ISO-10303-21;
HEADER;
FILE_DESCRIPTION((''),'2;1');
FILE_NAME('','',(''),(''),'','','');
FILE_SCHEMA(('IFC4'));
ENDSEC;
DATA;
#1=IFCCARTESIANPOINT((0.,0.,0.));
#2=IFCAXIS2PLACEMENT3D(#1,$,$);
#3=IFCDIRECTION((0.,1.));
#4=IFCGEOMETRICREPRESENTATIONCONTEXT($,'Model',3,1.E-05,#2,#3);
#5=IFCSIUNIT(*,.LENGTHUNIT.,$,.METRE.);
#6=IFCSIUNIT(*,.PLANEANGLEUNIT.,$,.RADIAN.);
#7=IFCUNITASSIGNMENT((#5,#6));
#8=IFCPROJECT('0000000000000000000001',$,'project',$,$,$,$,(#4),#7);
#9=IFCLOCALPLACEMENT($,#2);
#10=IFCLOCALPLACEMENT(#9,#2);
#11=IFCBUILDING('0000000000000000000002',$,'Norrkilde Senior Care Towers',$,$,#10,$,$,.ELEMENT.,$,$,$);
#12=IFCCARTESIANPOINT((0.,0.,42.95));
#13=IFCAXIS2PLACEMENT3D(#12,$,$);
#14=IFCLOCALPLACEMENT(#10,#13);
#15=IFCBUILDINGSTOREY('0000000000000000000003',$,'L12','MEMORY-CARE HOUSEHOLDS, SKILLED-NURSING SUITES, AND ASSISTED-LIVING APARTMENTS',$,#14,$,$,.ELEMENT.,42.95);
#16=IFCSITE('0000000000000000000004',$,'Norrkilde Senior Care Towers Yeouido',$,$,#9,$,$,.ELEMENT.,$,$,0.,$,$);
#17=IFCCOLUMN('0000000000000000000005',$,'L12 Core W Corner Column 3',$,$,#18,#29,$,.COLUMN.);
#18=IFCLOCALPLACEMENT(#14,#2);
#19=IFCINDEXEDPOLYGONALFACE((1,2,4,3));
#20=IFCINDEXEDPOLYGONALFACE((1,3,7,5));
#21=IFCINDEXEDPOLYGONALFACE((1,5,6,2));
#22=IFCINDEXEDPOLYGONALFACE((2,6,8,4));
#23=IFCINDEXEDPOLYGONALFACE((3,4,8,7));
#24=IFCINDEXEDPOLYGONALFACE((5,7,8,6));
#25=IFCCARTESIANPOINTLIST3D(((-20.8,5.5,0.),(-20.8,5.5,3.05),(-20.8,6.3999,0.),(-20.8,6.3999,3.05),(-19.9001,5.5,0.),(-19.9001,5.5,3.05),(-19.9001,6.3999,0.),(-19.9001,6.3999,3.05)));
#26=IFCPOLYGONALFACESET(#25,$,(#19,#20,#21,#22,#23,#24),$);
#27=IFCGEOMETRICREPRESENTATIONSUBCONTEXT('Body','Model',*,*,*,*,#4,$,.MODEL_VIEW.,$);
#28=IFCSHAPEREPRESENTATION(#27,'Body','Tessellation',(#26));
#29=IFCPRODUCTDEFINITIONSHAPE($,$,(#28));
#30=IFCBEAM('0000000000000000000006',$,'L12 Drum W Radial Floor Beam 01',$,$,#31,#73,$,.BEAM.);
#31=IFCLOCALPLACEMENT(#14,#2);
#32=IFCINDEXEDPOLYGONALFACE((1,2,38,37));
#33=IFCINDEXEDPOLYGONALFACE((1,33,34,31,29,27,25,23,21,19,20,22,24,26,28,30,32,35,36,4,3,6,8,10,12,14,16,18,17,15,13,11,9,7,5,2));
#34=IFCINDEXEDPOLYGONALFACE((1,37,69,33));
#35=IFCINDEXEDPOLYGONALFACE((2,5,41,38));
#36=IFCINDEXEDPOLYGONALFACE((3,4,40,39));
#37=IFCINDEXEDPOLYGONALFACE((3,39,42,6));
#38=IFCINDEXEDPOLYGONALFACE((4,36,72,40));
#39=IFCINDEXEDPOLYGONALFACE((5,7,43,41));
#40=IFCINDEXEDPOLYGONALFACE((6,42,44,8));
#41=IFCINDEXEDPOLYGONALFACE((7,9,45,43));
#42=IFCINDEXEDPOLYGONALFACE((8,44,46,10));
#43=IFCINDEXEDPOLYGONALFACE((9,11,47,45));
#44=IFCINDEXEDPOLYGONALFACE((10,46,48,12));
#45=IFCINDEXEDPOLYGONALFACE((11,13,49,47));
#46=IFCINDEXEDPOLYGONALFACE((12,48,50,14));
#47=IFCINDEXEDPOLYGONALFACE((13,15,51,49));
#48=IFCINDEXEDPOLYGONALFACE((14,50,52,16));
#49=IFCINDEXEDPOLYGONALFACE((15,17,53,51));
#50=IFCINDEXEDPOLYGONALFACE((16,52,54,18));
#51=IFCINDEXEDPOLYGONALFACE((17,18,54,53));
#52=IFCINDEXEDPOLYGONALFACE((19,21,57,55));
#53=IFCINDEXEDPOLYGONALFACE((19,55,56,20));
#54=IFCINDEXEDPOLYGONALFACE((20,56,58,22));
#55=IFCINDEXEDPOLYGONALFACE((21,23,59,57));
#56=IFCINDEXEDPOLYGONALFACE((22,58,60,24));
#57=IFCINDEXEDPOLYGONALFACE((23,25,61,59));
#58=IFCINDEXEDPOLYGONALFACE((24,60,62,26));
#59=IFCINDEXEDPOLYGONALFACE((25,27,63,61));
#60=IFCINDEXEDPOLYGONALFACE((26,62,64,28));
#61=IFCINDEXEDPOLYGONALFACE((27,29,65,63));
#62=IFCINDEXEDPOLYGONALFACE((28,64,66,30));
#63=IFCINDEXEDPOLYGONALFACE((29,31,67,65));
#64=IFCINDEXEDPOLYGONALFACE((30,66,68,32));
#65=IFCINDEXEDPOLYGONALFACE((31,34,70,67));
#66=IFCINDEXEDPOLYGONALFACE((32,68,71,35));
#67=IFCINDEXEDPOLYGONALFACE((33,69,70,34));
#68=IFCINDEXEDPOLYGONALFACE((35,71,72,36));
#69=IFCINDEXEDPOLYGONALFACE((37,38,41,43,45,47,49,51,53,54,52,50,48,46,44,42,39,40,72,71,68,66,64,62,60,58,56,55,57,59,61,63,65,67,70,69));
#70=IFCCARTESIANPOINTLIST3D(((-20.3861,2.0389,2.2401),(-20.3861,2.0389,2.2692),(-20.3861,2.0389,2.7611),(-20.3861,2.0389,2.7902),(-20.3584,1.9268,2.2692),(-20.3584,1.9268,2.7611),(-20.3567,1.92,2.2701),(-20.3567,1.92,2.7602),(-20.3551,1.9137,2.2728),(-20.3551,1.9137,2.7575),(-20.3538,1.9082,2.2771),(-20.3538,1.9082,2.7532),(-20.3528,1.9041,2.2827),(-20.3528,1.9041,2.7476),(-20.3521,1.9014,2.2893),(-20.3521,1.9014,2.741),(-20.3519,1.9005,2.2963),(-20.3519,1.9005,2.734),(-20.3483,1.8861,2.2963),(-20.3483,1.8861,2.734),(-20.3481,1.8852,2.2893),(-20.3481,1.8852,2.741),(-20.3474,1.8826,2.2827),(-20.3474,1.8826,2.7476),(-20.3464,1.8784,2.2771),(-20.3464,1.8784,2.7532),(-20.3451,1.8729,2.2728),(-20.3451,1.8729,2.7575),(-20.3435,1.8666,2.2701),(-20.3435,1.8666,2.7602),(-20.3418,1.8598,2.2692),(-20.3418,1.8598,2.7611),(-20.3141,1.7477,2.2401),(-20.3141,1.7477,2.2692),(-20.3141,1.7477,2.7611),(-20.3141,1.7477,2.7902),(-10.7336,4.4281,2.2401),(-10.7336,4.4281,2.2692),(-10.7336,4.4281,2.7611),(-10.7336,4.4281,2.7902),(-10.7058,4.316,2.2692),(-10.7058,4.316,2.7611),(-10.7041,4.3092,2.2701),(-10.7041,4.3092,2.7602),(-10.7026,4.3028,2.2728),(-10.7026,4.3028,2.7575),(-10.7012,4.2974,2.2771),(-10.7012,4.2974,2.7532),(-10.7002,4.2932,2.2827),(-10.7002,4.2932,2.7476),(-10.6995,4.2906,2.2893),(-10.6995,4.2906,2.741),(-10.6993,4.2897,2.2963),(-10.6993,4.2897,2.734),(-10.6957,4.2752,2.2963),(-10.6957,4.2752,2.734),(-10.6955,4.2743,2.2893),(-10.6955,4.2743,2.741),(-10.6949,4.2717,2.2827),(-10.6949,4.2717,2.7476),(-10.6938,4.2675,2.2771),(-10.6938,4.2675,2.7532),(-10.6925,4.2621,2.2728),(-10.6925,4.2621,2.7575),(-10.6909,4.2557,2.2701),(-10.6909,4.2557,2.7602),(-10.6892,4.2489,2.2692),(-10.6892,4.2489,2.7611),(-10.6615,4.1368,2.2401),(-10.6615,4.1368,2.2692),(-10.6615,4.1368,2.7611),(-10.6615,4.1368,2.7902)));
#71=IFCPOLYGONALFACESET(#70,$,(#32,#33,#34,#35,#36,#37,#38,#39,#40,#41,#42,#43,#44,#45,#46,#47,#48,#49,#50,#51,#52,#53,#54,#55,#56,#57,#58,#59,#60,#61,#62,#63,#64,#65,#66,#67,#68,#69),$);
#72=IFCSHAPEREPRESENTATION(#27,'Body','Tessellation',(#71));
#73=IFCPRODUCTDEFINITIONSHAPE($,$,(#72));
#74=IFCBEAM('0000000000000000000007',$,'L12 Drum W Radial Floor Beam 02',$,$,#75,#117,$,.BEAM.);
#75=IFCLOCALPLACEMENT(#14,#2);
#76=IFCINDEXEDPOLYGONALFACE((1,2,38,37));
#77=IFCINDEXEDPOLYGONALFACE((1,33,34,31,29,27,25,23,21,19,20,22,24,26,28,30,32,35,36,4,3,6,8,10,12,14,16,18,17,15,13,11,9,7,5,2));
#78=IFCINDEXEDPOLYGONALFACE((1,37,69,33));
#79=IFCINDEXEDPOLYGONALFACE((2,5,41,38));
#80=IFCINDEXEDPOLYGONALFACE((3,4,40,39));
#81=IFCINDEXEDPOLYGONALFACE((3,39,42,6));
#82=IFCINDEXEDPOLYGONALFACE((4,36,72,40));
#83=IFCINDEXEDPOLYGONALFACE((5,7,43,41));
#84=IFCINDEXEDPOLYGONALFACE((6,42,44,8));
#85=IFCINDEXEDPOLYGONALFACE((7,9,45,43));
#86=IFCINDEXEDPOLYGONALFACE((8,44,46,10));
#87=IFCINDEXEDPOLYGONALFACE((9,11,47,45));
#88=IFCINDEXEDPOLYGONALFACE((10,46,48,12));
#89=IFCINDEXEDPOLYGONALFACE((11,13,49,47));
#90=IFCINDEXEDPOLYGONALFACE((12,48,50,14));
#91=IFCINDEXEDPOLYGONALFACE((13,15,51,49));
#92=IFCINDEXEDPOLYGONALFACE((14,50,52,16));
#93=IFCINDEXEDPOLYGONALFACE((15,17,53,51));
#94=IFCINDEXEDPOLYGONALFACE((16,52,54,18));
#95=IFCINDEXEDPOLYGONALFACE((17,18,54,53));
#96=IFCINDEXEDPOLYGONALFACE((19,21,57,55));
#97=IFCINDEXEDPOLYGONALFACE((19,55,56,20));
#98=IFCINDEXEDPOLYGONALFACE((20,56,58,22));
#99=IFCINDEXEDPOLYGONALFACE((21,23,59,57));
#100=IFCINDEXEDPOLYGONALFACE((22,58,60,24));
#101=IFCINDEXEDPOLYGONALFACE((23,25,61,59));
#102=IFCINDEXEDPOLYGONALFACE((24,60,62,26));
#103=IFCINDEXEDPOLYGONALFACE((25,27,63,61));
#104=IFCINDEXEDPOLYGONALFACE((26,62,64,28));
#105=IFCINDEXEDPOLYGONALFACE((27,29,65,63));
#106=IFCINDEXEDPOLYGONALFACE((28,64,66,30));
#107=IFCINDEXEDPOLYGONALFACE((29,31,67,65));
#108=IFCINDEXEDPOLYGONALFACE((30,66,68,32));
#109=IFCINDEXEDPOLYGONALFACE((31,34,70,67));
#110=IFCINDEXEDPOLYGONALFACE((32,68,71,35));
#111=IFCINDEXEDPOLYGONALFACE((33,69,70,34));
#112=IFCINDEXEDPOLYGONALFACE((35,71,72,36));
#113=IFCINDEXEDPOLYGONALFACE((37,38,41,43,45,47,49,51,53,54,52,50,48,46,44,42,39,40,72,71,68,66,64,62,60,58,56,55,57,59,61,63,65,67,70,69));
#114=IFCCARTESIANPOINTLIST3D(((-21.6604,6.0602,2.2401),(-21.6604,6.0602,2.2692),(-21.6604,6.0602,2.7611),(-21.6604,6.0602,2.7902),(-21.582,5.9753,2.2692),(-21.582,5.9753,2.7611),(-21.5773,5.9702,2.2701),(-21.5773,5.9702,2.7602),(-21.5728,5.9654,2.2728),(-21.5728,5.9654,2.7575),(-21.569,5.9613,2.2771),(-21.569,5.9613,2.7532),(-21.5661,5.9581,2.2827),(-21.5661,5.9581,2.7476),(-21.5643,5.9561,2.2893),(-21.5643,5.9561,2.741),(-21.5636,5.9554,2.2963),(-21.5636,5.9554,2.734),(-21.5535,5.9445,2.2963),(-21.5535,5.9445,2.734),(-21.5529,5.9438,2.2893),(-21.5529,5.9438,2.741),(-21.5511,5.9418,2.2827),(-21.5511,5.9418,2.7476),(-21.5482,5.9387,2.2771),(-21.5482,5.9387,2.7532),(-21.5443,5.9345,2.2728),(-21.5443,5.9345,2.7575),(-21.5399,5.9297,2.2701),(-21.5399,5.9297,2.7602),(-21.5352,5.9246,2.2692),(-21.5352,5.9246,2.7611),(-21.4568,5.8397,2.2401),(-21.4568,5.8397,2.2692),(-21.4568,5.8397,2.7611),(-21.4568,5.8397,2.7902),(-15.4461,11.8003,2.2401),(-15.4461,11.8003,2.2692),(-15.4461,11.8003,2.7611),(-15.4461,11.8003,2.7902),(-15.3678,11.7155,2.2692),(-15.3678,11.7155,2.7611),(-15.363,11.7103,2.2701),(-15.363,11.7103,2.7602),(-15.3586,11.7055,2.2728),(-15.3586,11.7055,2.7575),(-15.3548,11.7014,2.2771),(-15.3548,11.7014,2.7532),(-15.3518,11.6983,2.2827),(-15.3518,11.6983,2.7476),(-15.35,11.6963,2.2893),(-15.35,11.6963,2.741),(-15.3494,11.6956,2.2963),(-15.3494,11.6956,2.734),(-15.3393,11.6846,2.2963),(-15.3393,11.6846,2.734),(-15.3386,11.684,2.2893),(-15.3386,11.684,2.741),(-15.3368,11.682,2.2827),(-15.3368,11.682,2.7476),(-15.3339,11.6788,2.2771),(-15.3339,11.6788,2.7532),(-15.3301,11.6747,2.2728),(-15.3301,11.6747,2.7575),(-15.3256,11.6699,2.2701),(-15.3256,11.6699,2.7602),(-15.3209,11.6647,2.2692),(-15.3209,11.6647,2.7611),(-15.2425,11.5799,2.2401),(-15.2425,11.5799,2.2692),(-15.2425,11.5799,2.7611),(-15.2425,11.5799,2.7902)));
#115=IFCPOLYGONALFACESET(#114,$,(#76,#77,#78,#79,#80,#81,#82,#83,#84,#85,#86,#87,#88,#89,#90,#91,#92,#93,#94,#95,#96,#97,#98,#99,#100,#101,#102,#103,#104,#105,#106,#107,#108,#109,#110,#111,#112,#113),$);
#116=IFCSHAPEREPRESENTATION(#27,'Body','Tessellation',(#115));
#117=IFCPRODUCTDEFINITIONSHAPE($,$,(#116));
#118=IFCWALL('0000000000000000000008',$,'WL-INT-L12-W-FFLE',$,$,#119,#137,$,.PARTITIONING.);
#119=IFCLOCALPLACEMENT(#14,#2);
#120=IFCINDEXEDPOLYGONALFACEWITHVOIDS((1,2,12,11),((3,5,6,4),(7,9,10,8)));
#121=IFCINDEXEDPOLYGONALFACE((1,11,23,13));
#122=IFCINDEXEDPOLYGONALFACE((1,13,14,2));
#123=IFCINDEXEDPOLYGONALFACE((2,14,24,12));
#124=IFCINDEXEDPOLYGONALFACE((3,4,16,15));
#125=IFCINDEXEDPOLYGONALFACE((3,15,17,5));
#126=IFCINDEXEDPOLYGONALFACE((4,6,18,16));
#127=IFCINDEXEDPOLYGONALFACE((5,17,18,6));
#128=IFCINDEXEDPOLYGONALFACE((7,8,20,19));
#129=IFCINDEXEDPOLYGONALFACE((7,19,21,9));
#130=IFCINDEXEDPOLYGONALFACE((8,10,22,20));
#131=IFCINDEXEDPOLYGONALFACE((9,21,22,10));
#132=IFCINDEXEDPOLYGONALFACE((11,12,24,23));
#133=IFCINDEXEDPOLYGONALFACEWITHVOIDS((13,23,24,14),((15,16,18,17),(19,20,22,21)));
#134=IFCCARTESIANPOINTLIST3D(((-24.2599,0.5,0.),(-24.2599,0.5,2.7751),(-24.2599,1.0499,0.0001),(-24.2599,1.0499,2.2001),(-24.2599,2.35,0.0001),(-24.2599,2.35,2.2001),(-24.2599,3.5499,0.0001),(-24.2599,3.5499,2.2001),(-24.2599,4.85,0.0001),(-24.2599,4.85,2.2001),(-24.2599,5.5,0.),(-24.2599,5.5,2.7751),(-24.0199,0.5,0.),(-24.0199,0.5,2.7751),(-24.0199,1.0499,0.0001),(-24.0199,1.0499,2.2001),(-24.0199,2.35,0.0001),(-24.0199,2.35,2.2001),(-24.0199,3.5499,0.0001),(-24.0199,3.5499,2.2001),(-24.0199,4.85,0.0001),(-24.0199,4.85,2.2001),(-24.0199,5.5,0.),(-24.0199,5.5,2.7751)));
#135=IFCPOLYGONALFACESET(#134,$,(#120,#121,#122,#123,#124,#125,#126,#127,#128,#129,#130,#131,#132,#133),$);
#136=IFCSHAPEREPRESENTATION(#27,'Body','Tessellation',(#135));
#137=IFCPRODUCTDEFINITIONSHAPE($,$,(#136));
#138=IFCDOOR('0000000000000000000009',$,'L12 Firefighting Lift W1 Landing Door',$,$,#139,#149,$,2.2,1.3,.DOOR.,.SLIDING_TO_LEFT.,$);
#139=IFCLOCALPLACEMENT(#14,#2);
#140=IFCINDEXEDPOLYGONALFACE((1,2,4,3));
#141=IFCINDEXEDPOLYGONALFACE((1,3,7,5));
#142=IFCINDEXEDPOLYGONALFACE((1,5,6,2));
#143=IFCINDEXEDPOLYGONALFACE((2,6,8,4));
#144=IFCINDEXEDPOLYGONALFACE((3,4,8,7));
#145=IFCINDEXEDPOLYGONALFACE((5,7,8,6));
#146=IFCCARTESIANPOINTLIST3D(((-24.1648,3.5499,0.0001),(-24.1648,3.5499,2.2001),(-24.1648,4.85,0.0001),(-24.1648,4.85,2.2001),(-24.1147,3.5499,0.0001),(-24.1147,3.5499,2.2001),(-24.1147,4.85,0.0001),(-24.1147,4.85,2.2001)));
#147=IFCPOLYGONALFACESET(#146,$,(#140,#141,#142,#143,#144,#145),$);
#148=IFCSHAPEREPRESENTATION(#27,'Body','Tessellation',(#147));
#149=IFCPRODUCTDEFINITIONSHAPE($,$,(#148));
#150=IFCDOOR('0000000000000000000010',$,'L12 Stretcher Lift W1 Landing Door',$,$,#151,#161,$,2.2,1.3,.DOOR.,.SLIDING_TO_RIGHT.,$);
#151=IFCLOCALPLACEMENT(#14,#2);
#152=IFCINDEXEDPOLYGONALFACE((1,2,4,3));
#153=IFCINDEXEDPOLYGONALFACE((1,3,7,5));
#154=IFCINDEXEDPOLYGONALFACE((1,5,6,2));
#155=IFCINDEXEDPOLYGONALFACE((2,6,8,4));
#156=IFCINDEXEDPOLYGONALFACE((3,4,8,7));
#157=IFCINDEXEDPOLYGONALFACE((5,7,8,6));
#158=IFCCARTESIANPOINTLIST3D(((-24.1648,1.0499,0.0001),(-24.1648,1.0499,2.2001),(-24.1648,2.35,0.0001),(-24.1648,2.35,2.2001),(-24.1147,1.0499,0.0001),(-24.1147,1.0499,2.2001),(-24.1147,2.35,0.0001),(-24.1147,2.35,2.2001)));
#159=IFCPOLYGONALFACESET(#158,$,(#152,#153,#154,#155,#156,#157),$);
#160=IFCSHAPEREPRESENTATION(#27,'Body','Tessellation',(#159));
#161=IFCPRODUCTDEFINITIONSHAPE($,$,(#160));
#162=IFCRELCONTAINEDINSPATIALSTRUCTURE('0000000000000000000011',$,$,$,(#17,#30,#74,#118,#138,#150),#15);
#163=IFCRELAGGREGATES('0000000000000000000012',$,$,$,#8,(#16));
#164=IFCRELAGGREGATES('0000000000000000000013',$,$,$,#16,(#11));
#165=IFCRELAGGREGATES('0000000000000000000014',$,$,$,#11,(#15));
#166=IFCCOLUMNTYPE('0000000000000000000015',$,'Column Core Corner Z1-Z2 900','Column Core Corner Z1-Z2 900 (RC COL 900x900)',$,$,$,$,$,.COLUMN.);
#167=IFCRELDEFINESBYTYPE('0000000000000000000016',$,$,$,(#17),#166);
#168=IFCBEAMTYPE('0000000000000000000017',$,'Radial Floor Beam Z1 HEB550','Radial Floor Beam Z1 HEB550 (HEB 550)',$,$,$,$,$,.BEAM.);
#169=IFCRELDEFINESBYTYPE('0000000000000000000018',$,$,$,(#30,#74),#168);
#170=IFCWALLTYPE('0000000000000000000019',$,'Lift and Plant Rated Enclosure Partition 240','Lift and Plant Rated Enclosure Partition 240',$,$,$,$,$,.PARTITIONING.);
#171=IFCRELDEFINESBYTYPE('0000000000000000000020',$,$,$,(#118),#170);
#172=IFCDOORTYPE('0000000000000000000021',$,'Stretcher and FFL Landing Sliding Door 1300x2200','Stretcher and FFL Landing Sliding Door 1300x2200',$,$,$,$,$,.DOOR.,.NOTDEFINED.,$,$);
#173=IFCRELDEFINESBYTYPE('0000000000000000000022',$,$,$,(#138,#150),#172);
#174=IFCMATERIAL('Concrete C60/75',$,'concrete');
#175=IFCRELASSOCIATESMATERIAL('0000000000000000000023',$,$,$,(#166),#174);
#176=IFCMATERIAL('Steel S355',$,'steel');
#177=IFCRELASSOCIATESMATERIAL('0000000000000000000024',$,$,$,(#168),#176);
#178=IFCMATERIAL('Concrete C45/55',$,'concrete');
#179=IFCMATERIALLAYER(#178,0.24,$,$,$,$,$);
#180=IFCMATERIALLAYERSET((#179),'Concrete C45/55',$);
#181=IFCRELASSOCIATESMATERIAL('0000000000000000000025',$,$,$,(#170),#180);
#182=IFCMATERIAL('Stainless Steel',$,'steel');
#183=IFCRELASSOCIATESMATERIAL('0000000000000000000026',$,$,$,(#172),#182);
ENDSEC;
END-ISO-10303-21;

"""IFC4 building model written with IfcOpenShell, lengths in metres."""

from ifc_helpers import new_model, si_unit, direction, frame, frame_2d, origin, origin_2d, place, context, subcontext, project, spatial, rectangle, i_section, extrude, source, transform, mapped, material, layer, layer_set, material_profile, profile_set, type_object, type_shapes, element, fill, save


model = new_model("IFC4")

# Units and contexts
model_context = context("Model", 3, precision=1e-05, world=origin(), true_north=direction((0.0, 1.0)))
body_context = subcontext(model_context, "Body", "Model", "MODEL_VIEW")
ifc_project = project(units=[si_unit("LENGTHUNIT", "METRE"), si_unit("PLANEANGLEUNIT", "RADIAN")], contexts=[model_context])

# Site, building, storey
site_placement = place(None, origin())
site = spatial("IfcSite", under=ifc_project, at=site_placement, Name="Norrkilde Senior Care Towers Yeouido", CompositionType="ELEMENT", RefElevation=0.0)
building_placement = place(site_placement, origin())
building = spatial("IfcBuilding", under=site, at=building_placement, Name="Norrkilde Senior Care Towers", CompositionType="ELEMENT")
storey_placement = place(building_placement, frame((0.0, 0.0, 42.95)))
storey = spatial("IfcBuildingStorey", under=building, at=storey_placement, Name="L12", Description="MEMORY-CARE HOUSEHOLDS, SKILLED-NURSING SUITES, AND ASSISTED-LIVING APARTMENTS", CompositionType="ELEMENT", Elevation=42.95)

# Column
ifc_material_1 = material(Name="Concrete C60/75", Category="concrete")
ifc_material_profile_1 = material_profile(ifc_material_1, rectangle(XDim=0.8999, YDim=0.8999, at=origin_2d()), Name="RC COL 900x900")
ifc_profile_set_1 = profile_set([ifc_material_profile_1], Name="Concrete C60/75")
column_type = type_object("IfcColumnType", Name="Column Core Corner Z1-Z2 900", Description="Column Core Corner Z1-Z2 900 (RC COL 900x900)", PredefinedType="COLUMN", material=ifc_profile_set_1)
shared_shape_1 = source(origin(), body_context, "Body", "SweptSolid", [
    extrude(rectangle(XDim=0.8999, YDim=0.8999, at=origin_2d()), origin(), (0.0, 0.0, 1.0), 3.05),
])
type_shapes(column_type, [shared_shape_1])
column_placement = place(storey_placement, frame((-20.3501, 5.95, 0.0), z_axis=(0.0, 0.0, 1.0), x_axis=(1.0, 0.0, 0.0)))
element("IfcColumn", 1, at=column_placement, inside=storey, type_object=column_type, Name="L12 Core W Corner Column 3", PredefinedType="COLUMN", context=body_context, shape_type="MappedRepresentation", body=[
    mapped(shared_shape_1, transform((0.0, 0.0, 0.0), x_axis=(1.0, 0.0, 0.0), y_axis=(0.0, 1.0, 0.0), z_axis=(0.0, 0.0, 1.0), scale=1.0)),
])

# Beams
ifc_material_2 = material(Name="Steel S355", Category="steel")
ifc_material_profile_2 = material_profile(ifc_material_2, i_section(OverallWidth=0.3, OverallDepth=0.55, WebThickness=0.0149, FlangeThickness=0.0291, FilletRadius=0.0271, at=origin_2d()), Name="HEB 550")
ifc_profile_set_2 = profile_set([ifc_material_profile_2], Name="Steel S355")
beam_type = type_object("IfcBeamType", Name="Radial Floor Beam Z1 HEB550", Description="Radial Floor Beam Z1 HEB550 (HEB 550)", PredefinedType="BEAM", material=ifc_profile_set_2)
shared_shape_2 = source(origin(), body_context, "Body", "SweptSolid", [
    extrude(i_section(OverallWidth=0.3, OverallDepth=0.55, WebThickness=0.0149, FlangeThickness=0.0291, FilletRadius=0.0271, at=origin_2d()), origin(), (0.0, 0.0, 1.0), 9.9438),
])
beam_1_placement = place(storey_placement, frame((-20.3501, 1.8933, 2.5151), z_axis=(0.970707, 0.240265, 0.0), x_axis=(-0.240265, 0.970707, 0.0)))
element("IfcBeam", 2, at=beam_1_placement, inside=storey, type_object=beam_type, Name="L12 Drum W Radial Floor Beam 01", PredefinedType="BEAM", context=body_context, shape_type="MappedRepresentation", body=[
    mapped(shared_shape_2, transform((0.0, 0.0, 0.0), x_axis=(1.0, 0.0, 0.0), y_axis=(0.0, 1.0, 0.0), z_axis=(0.0, 0.0, 1.0), scale=1.0)),
])
shared_shape_3 = source(origin(), body_context, "Body", "SweptSolid", [
    extrude(i_section(OverallWidth=0.3, OverallDepth=0.55, WebThickness=0.0149, FlangeThickness=0.0291, FilletRadius=0.0271, at=origin_2d()), origin(), (0.0, 0.0, 1.0), 8.4597),
])
type_shapes(beam_type, [shared_shape_2, shared_shape_3])
beam_2_placement = place(storey_placement, frame((-21.5586, 5.95, 2.5151), z_axis=(0.734573, 0.678529, 0.0), x_axis=(-0.678529, 0.734573, 0.0)))
element("IfcBeam", 3, at=beam_2_placement, inside=storey, type_object=beam_type, Name="L12 Drum W Radial Floor Beam 02", PredefinedType="BEAM", context=body_context, shape_type="MappedRepresentation", body=[
    mapped(shared_shape_3, transform((0.0, 0.0, 0.0), x_axis=(1.0, 0.0, 0.0), y_axis=(0.0, 1.0, 0.0), z_axis=(0.0, 0.0, 1.0), scale=1.0)),
])

# Wall, openings, doors
ifc_material_3 = material(Name="Concrete C45/55", Category="concrete")
ifc_layer_1 = layer(ifc_material_3, 0.24)
ifc_layer_set_1 = layer_set([ifc_layer_1], Name="Concrete C45/55")
wall_type_1 = type_object("IfcWallType", Name="Lift and Plant Rated Enclosure Partition 240", Description="Lift and Plant Rated Enclosure Partition 240", PredefinedType="PARTITIONING", material=ifc_layer_set_1)
shared_shape_4 = source(origin(), body_context, "Body", "SweptSolid", [
    extrude(rectangle(XDim=5.0, YDim=0.24, at=frame_2d((2.5, 0.0))), origin(), (0.0, 0.0, 1.0), 2.7751),
])
type_shapes(wall_type_1, [shared_shape_4])
wall_1_placement = place(storey_placement, frame((-24.1399, 0.5, 0.0), z_axis=(0.0, 0.0, 1.0), x_axis=(0.0, 1.0, 0.0)))
wall_1 = element("IfcWall", 4, at=wall_1_placement, inside=storey, type_object=wall_type_1, Name="WL-INT-L12-W-FFLE", PredefinedType="PARTITIONING", context=body_context, shape_type="MappedRepresentation", body=[
    mapped(shared_shape_4, transform((0.0, 0.0, 0.0), x_axis=(1.0, 0.0, 0.0), y_axis=(0.0, 1.0, 0.0), z_axis=(0.0, 0.0, 1.0), scale=1.0)),
])
opening_1_placement = place(wall_1_placement, frame((3.05, 0.0, 0.0)))
opening_1 = element("IfcOpeningElement", 5, at=opening_1_placement, cuts=wall_1, PredefinedType="OPENING", context=body_context, shape_type="SweptSolid", body=[
    extrude(rectangle(XDim=1.3, YDim=2.2, at=frame_2d((0.6499, 1.1001))), frame((0.0, 0.1299, 0.0), z_axis=(0.0, -1.0, 0.0), x_axis=(1.0, 0.0, 0.0)), (0.0, 0.0, 1.0), 0.26),
])
opening_2_placement = place(wall_1_placement, frame((0.55, 0.0, 0.0)))
opening_2 = element("IfcOpeningElement", 6, at=opening_2_placement, cuts=wall_1, PredefinedType="OPENING", context=body_context, shape_type="SweptSolid", body=[
    extrude(rectangle(XDim=1.3, YDim=2.2, at=frame_2d((0.6499, 1.1001))), frame((0.0, 0.1299, 0.0), z_axis=(0.0, -1.0, 0.0), x_axis=(1.0, 0.0, 0.0)), (0.0, 0.0, 1.0), 0.26),
])
ifc_material_4 = material(Name="Stainless Steel", Category="steel")
door_type_1 = type_object("IfcDoorType", Name="Stretcher and FFL Landing Sliding Door 1300x2200", Description="Stretcher and FFL Landing Sliding Door 1300x2200", OperationType="NOTDEFINED", PredefinedType="DOOR", material=ifc_material_4)
shared_shape_5 = source(origin(), body_context, "Body", "SweptSolid", [
    extrude(rectangle(XDim=1.3, YDim=2.2, at=frame_2d((0.6499, 1.1001))), frame((0.0, 0.0249, 0.0), z_axis=(0.0, -1.0, 0.0), x_axis=(1.0, 0.0, 0.0)), (0.0, 0.0, 1.0), 0.05),
])
type_shapes(door_type_1, [shared_shape_5])
door_1_placement = place(opening_1_placement, origin())
door_1 = element("IfcDoor", 7, at=door_1_placement, inside=storey, type_object=door_type_1, Name="L12 Firefighting Lift W1 Landing Door", OperationType="SLIDING_TO_LEFT", OverallHeight=2.2, OverallWidth=1.3, PredefinedType="DOOR", context=body_context, shape_type="MappedRepresentation", body=[
    mapped(shared_shape_5, transform((0.0, 0.0, 0.0), x_axis=(1.0, 0.0, 0.0), y_axis=(0.0, 1.0, 0.0), z_axis=(0.0, 0.0, 1.0), scale=1.0)),
])
fill(opening_1, door_1)
door_2_placement = place(opening_2_placement, origin())
door_2 = element("IfcDoor", 8, at=door_2_placement, inside=storey, type_object=door_type_1, Name="L12 Stretcher Lift W1 Landing Door", OperationType="SLIDING_TO_RIGHT", OverallHeight=2.2, OverallWidth=1.3, PredefinedType="DOOR", context=body_context, shape_type="MappedRepresentation", body=[
    mapped(shared_shape_5, transform((0.0, 0.0, 0.0), x_axis=(1.0, 0.0, 0.0), y_axis=(0.0, 1.0, 0.0), z_axis=(0.0, 0.0, 1.0), scale=1.0)),
])
fill(opening_2, door_2)

save(model, "model.ifc")
